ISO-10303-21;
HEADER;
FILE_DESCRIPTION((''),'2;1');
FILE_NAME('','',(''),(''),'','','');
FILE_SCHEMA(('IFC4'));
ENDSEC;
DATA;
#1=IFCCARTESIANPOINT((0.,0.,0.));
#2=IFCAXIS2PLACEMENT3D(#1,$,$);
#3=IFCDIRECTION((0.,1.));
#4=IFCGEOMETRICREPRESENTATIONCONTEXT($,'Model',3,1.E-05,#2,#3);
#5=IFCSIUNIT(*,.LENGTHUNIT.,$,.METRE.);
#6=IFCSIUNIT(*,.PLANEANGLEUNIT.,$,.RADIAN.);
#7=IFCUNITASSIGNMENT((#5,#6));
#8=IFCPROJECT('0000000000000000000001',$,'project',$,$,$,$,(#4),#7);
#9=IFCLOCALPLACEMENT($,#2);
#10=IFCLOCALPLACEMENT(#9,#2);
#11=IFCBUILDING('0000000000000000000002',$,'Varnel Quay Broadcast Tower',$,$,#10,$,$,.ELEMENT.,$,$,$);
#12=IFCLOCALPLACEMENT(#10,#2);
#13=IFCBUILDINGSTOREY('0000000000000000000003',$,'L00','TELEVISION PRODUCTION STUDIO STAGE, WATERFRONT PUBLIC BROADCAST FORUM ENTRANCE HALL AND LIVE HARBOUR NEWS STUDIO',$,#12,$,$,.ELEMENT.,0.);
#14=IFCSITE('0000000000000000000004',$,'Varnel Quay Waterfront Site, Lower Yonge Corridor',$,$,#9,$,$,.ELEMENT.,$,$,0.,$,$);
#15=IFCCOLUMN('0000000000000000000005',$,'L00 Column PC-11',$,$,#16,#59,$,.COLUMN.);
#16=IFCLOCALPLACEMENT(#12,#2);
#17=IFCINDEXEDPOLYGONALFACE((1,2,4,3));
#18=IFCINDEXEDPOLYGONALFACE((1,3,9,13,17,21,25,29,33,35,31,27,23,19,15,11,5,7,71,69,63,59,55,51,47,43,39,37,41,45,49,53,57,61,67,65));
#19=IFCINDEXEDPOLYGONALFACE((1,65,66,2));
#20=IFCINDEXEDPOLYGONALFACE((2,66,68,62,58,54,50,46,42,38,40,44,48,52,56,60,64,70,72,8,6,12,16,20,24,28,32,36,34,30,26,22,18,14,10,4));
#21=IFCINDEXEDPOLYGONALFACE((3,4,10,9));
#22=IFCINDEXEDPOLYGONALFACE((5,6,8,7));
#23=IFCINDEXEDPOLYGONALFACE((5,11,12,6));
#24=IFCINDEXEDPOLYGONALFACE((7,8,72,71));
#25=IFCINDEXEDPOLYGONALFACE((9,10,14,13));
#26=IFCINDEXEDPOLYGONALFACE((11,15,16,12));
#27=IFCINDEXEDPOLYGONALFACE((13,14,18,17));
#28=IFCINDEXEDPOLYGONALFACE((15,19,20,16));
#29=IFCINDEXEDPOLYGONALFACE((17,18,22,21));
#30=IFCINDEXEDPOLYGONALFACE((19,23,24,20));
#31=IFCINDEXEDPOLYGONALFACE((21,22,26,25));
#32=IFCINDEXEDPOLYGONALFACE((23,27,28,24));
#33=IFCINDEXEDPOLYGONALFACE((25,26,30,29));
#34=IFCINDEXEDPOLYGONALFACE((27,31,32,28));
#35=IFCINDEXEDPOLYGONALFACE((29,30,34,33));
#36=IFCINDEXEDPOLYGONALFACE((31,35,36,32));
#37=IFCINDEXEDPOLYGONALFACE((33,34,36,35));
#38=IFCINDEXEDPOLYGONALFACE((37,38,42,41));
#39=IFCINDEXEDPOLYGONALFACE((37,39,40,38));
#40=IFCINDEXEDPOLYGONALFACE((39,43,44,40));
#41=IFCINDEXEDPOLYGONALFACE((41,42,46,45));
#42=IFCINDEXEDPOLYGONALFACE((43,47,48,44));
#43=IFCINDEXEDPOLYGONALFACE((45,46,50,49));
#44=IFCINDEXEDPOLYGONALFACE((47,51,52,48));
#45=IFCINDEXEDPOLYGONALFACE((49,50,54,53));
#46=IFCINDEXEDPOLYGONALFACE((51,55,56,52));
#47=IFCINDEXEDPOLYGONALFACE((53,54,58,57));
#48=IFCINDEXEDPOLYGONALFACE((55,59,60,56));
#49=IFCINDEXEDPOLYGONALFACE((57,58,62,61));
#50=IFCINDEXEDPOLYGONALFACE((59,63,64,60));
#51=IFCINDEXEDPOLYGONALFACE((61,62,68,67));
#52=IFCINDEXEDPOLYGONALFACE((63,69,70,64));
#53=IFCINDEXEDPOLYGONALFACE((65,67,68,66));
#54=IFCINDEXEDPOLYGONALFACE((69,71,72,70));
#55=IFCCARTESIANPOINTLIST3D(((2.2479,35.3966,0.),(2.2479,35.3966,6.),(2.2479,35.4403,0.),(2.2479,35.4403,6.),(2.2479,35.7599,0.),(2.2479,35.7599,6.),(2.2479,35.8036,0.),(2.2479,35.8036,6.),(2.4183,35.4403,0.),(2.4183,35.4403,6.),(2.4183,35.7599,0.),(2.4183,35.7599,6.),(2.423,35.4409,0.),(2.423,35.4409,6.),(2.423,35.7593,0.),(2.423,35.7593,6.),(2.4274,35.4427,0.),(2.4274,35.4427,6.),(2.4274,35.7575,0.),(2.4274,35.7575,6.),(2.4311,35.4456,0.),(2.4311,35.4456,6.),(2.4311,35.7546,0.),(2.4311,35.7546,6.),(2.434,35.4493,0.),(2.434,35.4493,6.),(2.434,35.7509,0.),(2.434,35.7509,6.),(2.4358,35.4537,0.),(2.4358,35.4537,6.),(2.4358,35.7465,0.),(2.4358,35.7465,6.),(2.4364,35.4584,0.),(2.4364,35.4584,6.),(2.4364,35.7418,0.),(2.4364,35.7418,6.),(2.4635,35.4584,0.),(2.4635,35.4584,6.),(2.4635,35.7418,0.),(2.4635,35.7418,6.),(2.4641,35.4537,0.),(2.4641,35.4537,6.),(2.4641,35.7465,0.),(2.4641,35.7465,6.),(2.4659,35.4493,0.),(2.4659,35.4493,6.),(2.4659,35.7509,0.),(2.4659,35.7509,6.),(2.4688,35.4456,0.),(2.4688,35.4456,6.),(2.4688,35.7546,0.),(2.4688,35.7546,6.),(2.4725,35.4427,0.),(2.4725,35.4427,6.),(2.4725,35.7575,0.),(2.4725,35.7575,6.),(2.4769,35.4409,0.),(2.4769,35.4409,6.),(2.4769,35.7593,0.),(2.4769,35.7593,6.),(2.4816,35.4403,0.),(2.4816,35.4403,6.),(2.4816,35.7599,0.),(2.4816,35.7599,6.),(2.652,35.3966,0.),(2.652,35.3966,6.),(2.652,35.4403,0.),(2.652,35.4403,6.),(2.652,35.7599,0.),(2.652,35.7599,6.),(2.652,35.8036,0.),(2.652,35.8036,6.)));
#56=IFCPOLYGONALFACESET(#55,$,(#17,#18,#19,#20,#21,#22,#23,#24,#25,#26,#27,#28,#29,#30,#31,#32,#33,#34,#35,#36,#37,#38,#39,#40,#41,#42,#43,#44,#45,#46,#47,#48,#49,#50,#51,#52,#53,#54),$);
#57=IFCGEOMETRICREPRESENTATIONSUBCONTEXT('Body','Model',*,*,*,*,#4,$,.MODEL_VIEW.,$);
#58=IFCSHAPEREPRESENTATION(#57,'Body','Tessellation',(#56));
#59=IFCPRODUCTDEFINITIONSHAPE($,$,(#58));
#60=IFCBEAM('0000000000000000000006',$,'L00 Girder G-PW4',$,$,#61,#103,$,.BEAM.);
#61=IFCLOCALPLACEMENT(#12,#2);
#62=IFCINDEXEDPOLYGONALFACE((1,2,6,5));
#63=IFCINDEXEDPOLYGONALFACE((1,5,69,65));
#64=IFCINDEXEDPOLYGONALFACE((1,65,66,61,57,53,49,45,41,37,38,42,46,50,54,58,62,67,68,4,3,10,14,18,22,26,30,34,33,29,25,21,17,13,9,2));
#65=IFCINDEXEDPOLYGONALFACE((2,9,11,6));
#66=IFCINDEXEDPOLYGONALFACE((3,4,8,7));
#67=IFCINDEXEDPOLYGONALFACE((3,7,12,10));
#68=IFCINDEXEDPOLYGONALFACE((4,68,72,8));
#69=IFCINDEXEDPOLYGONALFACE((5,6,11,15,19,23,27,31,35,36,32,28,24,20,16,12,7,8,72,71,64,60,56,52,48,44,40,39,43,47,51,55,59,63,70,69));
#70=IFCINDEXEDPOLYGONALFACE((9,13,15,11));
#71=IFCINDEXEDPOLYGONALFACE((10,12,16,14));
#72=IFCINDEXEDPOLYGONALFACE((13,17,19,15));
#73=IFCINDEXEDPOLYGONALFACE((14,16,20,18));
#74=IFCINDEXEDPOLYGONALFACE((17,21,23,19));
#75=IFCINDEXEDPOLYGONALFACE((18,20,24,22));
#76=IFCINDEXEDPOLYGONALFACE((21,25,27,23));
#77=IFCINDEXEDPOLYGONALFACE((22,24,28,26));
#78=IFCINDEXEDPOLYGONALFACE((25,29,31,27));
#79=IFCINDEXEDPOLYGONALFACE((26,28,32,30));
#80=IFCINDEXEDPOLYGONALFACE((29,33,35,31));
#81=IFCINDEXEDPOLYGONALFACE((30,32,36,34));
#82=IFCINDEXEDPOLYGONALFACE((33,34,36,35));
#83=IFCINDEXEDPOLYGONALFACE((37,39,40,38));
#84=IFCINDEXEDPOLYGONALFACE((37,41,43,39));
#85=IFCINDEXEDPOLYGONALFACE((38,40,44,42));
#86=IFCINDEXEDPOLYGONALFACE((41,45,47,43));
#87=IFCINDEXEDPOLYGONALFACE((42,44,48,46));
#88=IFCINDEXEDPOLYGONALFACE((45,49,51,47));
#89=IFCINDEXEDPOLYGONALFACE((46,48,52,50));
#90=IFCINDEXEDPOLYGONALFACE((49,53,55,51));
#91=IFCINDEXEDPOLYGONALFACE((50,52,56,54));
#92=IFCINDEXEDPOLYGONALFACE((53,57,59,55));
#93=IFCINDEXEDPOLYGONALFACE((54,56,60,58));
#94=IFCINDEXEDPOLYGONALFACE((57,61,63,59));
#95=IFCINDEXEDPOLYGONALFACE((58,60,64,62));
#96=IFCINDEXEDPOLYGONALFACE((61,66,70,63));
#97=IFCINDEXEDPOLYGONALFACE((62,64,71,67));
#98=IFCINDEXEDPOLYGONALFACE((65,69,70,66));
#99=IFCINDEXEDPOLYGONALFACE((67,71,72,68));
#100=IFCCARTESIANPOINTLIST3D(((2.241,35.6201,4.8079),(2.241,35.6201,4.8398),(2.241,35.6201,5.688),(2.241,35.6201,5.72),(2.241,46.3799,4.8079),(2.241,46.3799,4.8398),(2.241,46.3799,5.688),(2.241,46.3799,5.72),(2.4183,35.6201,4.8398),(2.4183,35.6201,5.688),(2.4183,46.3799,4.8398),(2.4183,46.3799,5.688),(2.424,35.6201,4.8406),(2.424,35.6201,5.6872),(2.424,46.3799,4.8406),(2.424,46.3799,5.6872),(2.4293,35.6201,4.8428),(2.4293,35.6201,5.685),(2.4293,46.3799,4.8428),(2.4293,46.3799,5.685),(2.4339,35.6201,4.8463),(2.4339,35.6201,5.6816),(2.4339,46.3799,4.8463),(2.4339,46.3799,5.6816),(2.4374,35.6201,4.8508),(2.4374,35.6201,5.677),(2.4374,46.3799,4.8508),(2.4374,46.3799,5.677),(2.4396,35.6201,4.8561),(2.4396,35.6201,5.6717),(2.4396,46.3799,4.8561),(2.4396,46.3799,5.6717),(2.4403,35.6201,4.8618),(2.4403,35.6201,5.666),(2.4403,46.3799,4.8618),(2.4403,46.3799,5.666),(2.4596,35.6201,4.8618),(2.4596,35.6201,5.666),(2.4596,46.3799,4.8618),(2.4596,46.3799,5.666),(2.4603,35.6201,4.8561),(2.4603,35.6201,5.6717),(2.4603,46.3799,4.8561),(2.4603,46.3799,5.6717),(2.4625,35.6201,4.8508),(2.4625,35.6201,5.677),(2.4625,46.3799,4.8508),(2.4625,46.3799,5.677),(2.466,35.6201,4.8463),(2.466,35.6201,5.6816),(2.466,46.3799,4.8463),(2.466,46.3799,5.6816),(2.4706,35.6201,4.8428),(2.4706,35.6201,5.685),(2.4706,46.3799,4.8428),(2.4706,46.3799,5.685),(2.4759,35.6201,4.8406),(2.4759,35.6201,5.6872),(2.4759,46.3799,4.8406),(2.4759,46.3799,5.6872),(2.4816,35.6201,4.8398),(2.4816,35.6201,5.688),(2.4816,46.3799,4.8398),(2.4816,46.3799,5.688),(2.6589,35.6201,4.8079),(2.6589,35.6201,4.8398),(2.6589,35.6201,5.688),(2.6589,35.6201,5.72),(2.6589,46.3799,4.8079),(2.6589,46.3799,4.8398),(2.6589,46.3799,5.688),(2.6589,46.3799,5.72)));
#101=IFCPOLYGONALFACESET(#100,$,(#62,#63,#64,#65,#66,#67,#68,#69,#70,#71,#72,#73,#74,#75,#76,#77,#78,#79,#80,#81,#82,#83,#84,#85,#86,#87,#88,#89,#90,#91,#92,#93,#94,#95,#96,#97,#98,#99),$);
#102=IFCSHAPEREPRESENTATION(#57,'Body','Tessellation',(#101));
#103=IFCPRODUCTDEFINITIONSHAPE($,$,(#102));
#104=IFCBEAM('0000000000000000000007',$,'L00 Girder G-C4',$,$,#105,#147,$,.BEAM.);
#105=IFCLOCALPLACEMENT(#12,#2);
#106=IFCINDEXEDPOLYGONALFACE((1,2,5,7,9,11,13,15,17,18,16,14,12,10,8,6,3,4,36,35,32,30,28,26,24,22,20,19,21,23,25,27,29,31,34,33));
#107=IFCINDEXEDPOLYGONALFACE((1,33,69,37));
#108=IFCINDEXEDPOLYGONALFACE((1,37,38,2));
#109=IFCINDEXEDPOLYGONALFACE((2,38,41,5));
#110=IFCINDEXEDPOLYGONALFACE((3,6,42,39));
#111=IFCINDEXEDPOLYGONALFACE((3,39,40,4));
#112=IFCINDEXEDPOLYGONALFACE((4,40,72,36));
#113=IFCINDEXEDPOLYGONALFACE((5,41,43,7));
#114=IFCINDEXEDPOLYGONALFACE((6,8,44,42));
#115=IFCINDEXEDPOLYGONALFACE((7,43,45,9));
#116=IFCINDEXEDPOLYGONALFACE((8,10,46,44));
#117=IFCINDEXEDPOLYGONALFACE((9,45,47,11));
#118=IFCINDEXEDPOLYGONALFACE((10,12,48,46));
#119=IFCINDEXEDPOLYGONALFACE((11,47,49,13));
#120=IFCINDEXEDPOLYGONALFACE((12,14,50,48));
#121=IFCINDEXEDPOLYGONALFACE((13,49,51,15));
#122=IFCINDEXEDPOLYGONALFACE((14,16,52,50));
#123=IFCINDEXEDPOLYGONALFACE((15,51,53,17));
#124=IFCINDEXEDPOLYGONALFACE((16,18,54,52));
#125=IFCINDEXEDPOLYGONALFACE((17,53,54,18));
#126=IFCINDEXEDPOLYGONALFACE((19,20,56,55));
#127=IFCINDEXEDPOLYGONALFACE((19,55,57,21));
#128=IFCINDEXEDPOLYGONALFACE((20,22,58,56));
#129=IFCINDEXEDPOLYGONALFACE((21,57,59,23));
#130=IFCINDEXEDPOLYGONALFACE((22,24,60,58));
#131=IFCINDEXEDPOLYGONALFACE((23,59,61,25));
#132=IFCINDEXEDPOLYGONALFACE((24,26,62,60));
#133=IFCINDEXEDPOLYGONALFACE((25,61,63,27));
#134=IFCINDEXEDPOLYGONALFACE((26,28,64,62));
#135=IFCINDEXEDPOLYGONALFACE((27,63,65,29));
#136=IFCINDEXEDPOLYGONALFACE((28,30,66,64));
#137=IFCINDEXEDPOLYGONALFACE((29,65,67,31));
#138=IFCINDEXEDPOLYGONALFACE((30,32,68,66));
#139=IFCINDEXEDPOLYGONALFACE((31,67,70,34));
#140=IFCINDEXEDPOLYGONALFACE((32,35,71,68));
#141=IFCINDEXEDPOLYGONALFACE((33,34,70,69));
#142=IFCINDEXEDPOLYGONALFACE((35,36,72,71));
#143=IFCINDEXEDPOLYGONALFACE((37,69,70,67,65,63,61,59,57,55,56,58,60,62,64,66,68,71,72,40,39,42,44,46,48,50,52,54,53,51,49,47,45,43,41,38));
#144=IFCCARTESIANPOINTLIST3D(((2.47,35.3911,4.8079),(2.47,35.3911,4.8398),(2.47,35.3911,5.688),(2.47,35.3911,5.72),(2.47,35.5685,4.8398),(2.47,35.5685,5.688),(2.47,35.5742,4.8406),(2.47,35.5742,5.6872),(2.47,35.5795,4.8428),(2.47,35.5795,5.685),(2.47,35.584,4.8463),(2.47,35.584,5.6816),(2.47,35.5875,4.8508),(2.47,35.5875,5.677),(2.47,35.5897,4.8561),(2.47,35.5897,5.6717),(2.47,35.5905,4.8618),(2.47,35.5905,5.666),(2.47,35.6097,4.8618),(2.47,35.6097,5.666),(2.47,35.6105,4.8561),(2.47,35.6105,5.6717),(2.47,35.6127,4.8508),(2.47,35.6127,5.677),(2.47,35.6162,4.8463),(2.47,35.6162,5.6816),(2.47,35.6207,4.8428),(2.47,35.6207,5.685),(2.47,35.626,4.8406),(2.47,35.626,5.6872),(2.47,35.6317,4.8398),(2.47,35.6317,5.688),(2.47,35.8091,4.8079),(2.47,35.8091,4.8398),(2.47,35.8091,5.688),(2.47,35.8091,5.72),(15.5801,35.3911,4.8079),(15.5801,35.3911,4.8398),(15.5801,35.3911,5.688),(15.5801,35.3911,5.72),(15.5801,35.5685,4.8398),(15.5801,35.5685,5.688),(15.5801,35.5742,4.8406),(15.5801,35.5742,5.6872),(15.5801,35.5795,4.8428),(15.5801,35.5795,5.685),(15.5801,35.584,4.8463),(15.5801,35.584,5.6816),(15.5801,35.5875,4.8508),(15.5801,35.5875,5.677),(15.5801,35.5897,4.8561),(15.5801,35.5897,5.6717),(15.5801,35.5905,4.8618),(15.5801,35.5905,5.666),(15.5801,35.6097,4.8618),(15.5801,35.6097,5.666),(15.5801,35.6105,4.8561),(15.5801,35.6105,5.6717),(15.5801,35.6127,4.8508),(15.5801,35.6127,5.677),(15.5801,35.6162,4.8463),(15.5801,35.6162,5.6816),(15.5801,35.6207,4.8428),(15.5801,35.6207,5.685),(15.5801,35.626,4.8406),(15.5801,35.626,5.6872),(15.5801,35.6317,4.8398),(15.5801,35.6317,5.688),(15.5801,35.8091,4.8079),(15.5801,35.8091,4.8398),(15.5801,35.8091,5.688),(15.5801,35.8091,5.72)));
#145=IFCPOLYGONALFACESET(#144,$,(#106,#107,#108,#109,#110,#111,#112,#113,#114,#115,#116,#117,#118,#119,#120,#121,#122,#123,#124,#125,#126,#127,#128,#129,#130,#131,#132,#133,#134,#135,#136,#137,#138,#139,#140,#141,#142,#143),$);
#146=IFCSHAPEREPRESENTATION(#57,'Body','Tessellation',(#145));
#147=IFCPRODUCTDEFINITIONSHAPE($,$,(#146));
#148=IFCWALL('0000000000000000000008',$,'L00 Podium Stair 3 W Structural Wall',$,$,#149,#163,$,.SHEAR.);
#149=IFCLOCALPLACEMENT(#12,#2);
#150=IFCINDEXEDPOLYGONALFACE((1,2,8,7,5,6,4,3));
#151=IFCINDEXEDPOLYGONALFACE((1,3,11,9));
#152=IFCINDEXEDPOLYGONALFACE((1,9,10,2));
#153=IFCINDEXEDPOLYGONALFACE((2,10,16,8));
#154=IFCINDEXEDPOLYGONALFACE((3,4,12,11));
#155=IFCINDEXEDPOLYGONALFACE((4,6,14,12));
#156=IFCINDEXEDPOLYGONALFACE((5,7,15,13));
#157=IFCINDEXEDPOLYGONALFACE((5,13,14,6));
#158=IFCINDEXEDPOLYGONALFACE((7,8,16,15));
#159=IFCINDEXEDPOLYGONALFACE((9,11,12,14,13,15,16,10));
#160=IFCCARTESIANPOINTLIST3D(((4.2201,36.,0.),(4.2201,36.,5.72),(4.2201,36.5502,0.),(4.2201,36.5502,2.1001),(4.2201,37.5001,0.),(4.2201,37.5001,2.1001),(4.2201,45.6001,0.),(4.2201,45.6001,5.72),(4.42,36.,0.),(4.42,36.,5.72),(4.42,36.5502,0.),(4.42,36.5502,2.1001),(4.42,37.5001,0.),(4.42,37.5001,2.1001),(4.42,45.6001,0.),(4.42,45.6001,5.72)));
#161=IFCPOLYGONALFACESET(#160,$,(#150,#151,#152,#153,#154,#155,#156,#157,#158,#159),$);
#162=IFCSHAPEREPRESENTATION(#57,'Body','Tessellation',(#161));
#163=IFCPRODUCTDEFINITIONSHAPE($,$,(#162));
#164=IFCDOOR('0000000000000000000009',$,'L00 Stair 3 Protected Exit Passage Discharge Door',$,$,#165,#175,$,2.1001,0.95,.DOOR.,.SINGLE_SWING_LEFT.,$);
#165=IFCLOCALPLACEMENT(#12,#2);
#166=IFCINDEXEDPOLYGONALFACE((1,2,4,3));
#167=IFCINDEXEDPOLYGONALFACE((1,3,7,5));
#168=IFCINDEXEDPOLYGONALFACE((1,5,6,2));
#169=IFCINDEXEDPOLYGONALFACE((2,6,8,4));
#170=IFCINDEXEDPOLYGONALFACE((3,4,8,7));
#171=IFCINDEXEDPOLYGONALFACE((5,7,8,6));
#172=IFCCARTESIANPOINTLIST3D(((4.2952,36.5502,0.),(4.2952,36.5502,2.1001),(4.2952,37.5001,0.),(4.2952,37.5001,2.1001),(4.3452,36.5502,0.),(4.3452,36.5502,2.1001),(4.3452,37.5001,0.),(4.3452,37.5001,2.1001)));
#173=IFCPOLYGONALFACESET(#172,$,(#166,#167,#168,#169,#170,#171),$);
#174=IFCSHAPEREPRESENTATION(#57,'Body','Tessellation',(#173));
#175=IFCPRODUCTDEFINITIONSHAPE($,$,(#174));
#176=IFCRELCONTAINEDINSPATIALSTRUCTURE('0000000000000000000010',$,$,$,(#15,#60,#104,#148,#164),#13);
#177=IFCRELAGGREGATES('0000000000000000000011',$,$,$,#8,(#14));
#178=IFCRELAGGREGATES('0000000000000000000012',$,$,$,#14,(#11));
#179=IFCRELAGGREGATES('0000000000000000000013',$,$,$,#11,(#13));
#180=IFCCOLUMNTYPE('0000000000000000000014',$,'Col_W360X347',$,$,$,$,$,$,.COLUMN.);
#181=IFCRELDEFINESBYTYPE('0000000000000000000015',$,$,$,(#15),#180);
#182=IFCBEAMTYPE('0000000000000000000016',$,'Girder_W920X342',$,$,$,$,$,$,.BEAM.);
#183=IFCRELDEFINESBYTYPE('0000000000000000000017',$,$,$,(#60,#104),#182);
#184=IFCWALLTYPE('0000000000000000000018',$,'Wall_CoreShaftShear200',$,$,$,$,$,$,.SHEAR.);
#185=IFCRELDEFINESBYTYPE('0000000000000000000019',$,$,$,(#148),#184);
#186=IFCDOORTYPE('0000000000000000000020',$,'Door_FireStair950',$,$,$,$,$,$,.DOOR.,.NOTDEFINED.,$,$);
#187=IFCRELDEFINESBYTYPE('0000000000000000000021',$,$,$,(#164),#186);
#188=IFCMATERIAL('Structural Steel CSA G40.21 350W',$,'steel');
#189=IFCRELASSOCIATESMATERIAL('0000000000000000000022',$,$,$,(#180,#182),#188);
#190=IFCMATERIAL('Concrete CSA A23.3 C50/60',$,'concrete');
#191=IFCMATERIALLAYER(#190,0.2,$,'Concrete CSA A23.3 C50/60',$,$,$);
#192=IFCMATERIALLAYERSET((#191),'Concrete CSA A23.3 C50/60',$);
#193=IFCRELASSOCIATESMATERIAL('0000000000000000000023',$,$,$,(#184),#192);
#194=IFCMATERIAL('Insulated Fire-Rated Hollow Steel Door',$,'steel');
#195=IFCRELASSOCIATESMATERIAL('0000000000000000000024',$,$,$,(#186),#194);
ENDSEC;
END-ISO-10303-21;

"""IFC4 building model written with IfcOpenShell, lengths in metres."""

from ifc_helpers import new_model, si_unit, direction, frame, frame_2d, origin, origin_2d, place, context, subcontext, project, spatial, rectangle, i_section, extrude, source, transform, mapped, material, layer, layer_set, material_profile, profile_set, type_object, type_shapes, element, fill, save


model = new_model("IFC4")

# Units and contexts
model_context = context("Model", 3, precision=1e-05, world=origin(), true_north=direction((0.0, 1.0)))
body_context = subcontext(model_context, "Body", "Model", "MODEL_VIEW")
ifc_project = project(units=[si_unit("LENGTHUNIT", "METRE"), si_unit("PLANEANGLEUNIT", "RADIAN")], contexts=[model_context])

# Site, building, storey
site_placement = place(None, origin())
site = spatial("IfcSite", under=ifc_project, at=site_placement, Name="Varnel Quay Waterfront Site, Lower Yonge Corridor", CompositionType="ELEMENT", RefElevation=0.0)
building_placement = place(site_placement, origin())
building = spatial("IfcBuilding", under=site, at=building_placement, Name="Varnel Quay Broadcast Tower", CompositionType="ELEMENT")
storey_placement = place(building_placement, origin())
storey = spatial("IfcBuildingStorey", under=building, at=storey_placement, Name="L00", Description="TELEVISION PRODUCTION STUDIO STAGE, WATERFRONT PUBLIC BROADCAST FORUM ENTRANCE HALL AND LIVE HARBOUR NEWS STUDIO", CompositionType="ELEMENT", Elevation=0.0)

# Column
ifc_material_1 = material(Name="Structural Steel CSA G40.21 350W", Category="steel")
ifc_material_profile_1 = material_profile(ifc_material_1, i_section(OverallWidth=0.4041, OverallDepth=0.407, WebThickness=0.0271, FlangeThickness=0.0437, FilletRadius=0.0181, at=origin_2d()), Name="W360X347")
ifc_profile_set_1 = profile_set([ifc_material_profile_1], Name="Structural Steel CSA G40.21 350W")
column_type = type_object("IfcColumnType", Name="Col_W360X347", PredefinedType="COLUMN", material=ifc_profile_set_1)
shared_shape_1 = source(origin(), body_context, "Body", "SweptSolid", [
    extrude(i_section(OverallWidth=0.4041, OverallDepth=0.407, WebThickness=0.0271, FlangeThickness=0.0437, FilletRadius=0.0181, at=origin_2d()), origin(), (0.0, 0.0, 1.0), 6.0),
])
type_shapes(column_type, [shared_shape_1])
column_placement = place(storey_placement, frame((2.45, 35.6001, 0.0), z_axis=(0.0, 0.0, 1.0), x_axis=(1.0, 0.0, 0.0)))
element("IfcColumn", 1, at=column_placement, inside=storey, type_object=column_type, Name="L00 Column PC-11", PredefinedType="COLUMN", context=body_context, shape_type="MappedRepresentation", body=[
    mapped(shared_shape_1, transform((0.0, 0.0, 0.0), x_axis=(1.0, 0.0, 0.0), y_axis=(0.0, 1.0, 0.0), z_axis=(0.0, 0.0, 1.0), scale=1.0)),
])

# Beams
ifc_material_profile_2 = material_profile(ifc_material_1, i_section(OverallWidth=0.418, OverallDepth=0.9121, WebThickness=0.0193, FlangeThickness=0.032, FilletRadius=0.022, at=origin_2d()), Name="W920X342")
ifc_profile_set_2 = profile_set([ifc_material_profile_2], Name="Structural Steel CSA G40.21 350W")
beam_type = type_object("IfcBeamType", Name="Girder_W920X342", PredefinedType="BEAM", material=ifc_profile_set_2)
shared_shape_2 = source(origin(), body_context, "Body", "SweptSolid", [
    extrude(i_section(OverallWidth=0.418, OverallDepth=0.9121, WebThickness=0.0193, FlangeThickness=0.032, FilletRadius=0.022, at=origin_2d()), origin(), (0.0, 0.0, 1.0), 10.7598),
])
beam_1_placement = place(storey_placement, frame((2.45, 35.6201, 5.2639), z_axis=(0.0, 1.0, 0.0), x_axis=(-1.0, 0.0, 0.0)))
element("IfcBeam", 2, at=beam_1_placement, inside=storey, type_object=beam_type, Name="L00 Girder G-PW4", PredefinedType="BEAM", context=body_context, shape_type="MappedRepresentation", body=[
    mapped(shared_shape_2, transform((0.0, 0.0, 0.0), x_axis=(1.0, 0.0, 0.0), y_axis=(0.0, 1.0, 0.0), z_axis=(0.0, 0.0, 1.0), scale=1.0)),
])
shared_shape_3 = source(origin(), body_context, "Body", "SweptSolid", [
    extrude(i_section(OverallWidth=0.418, OverallDepth=0.9121, WebThickness=0.0193, FlangeThickness=0.032, FilletRadius=0.022, at=origin_2d()), origin(), (0.0, 0.0, 1.0), 13.1101),
])
type_shapes(beam_type, [shared_shape_2, shared_shape_3])
beam_2_placement = place(storey_placement, frame((2.47, 35.6001, 5.2639), z_axis=(1.0, 0.0, 0.0), x_axis=(0.0, 1.0, 0.0)))
element("IfcBeam", 3, at=beam_2_placement, inside=storey, type_object=beam_type, Name="L00 Girder G-C4", PredefinedType="BEAM", context=body_context, shape_type="MappedRepresentation", body=[
    mapped(shared_shape_3, transform((0.0, 0.0, 0.0), x_axis=(1.0, 0.0, 0.0), y_axis=(0.0, 1.0, 0.0), z_axis=(0.0, 0.0, 1.0), scale=1.0)),
])

# Wall, opening, door
ifc_material_2 = material(Name="Concrete CSA A23.3 C50/60", Category="concrete")
ifc_layer_1 = layer(ifc_material_2, 0.2, Name="Concrete CSA A23.3 C50/60")
ifc_layer_set_1 = layer_set([ifc_layer_1], Name="Concrete CSA A23.3 C50/60")
wall_type_1 = type_object("IfcWallType", Name="Wall_CoreShaftShear200", PredefinedType="SHEAR", material=ifc_layer_set_1)
wall_1_placement = place(storey_placement, frame((4.3201, 36.0, 0.0), z_axis=(0.0, 0.0, 1.0), x_axis=(0.0, 1.0, 0.0)))
wall_1 = element("IfcWall", 4, at=wall_1_placement, inside=storey, type_object=wall_type_1, Name="L00 Podium Stair 3 W Structural Wall", PredefinedType="SHEAR", context=body_context, shape_type="SweptSolid", body=[
    extrude(rectangle(XDim=9.6001, YDim=0.2, at=frame_2d((4.8, 0.0))), origin(), (0.0, 0.0, 1.0), 5.72),
])
opening_1_placement = place(wall_1_placement, frame((0.55, 0.0, 0.0)))
opening_1 = element("IfcOpeningElement", 5, at=opening_1_placement, cuts=wall_1, PredefinedType="OPENING", context=body_context, shape_type="SweptSolid", body=[
    extrude(rectangle(XDim=0.95, YDim=2.1001, at=frame_2d((0.4751, 1.05))), frame((0.0, 0.1099, 0.0), z_axis=(0.0, -1.0, 0.0), x_axis=(1.0, 0.0, 0.0)), (0.0, 0.0, 1.0), 0.22),
])
ifc_material_3 = material(Name="Insulated Fire-Rated Hollow Steel Door", Category="steel")
door_type_1 = type_object("IfcDoorType", Name="Door_FireStair950", OperationType="NOTDEFINED", PredefinedType="DOOR", material=ifc_material_3)
shared_shape_4 = source(origin(), body_context, "Body", "SweptSolid", [
    extrude(rectangle(XDim=0.95, YDim=2.1001, at=frame_2d((0.4751, 1.05))), frame((0.0, 0.0249, 0.0), z_axis=(0.0, -1.0, 0.0), x_axis=(1.0, 0.0, 0.0)), (0.0, 0.0, 1.0), 0.05),
])
type_shapes(door_type_1, [shared_shape_4])
door_1_placement = place(opening_1_placement, origin())
door_1 = element("IfcDoor", 6, at=door_1_placement, inside=storey, type_object=door_type_1, Name="L00 Stair 3 Protected Exit Passage Discharge Door", OperationType="SINGLE_SWING_LEFT", OverallHeight=2.1001, OverallWidth=0.95, PredefinedType="DOOR", context=body_context, shape_type="MappedRepresentation", body=[
    mapped(shared_shape_4, transform((0.0, 0.0, 0.0), x_axis=(1.0, 0.0, 0.0), y_axis=(0.0, 1.0, 0.0), z_axis=(0.0, 0.0, 1.0), scale=1.0)),
])
fill(opening_1, door_1)

save(model, "model.ifc")
